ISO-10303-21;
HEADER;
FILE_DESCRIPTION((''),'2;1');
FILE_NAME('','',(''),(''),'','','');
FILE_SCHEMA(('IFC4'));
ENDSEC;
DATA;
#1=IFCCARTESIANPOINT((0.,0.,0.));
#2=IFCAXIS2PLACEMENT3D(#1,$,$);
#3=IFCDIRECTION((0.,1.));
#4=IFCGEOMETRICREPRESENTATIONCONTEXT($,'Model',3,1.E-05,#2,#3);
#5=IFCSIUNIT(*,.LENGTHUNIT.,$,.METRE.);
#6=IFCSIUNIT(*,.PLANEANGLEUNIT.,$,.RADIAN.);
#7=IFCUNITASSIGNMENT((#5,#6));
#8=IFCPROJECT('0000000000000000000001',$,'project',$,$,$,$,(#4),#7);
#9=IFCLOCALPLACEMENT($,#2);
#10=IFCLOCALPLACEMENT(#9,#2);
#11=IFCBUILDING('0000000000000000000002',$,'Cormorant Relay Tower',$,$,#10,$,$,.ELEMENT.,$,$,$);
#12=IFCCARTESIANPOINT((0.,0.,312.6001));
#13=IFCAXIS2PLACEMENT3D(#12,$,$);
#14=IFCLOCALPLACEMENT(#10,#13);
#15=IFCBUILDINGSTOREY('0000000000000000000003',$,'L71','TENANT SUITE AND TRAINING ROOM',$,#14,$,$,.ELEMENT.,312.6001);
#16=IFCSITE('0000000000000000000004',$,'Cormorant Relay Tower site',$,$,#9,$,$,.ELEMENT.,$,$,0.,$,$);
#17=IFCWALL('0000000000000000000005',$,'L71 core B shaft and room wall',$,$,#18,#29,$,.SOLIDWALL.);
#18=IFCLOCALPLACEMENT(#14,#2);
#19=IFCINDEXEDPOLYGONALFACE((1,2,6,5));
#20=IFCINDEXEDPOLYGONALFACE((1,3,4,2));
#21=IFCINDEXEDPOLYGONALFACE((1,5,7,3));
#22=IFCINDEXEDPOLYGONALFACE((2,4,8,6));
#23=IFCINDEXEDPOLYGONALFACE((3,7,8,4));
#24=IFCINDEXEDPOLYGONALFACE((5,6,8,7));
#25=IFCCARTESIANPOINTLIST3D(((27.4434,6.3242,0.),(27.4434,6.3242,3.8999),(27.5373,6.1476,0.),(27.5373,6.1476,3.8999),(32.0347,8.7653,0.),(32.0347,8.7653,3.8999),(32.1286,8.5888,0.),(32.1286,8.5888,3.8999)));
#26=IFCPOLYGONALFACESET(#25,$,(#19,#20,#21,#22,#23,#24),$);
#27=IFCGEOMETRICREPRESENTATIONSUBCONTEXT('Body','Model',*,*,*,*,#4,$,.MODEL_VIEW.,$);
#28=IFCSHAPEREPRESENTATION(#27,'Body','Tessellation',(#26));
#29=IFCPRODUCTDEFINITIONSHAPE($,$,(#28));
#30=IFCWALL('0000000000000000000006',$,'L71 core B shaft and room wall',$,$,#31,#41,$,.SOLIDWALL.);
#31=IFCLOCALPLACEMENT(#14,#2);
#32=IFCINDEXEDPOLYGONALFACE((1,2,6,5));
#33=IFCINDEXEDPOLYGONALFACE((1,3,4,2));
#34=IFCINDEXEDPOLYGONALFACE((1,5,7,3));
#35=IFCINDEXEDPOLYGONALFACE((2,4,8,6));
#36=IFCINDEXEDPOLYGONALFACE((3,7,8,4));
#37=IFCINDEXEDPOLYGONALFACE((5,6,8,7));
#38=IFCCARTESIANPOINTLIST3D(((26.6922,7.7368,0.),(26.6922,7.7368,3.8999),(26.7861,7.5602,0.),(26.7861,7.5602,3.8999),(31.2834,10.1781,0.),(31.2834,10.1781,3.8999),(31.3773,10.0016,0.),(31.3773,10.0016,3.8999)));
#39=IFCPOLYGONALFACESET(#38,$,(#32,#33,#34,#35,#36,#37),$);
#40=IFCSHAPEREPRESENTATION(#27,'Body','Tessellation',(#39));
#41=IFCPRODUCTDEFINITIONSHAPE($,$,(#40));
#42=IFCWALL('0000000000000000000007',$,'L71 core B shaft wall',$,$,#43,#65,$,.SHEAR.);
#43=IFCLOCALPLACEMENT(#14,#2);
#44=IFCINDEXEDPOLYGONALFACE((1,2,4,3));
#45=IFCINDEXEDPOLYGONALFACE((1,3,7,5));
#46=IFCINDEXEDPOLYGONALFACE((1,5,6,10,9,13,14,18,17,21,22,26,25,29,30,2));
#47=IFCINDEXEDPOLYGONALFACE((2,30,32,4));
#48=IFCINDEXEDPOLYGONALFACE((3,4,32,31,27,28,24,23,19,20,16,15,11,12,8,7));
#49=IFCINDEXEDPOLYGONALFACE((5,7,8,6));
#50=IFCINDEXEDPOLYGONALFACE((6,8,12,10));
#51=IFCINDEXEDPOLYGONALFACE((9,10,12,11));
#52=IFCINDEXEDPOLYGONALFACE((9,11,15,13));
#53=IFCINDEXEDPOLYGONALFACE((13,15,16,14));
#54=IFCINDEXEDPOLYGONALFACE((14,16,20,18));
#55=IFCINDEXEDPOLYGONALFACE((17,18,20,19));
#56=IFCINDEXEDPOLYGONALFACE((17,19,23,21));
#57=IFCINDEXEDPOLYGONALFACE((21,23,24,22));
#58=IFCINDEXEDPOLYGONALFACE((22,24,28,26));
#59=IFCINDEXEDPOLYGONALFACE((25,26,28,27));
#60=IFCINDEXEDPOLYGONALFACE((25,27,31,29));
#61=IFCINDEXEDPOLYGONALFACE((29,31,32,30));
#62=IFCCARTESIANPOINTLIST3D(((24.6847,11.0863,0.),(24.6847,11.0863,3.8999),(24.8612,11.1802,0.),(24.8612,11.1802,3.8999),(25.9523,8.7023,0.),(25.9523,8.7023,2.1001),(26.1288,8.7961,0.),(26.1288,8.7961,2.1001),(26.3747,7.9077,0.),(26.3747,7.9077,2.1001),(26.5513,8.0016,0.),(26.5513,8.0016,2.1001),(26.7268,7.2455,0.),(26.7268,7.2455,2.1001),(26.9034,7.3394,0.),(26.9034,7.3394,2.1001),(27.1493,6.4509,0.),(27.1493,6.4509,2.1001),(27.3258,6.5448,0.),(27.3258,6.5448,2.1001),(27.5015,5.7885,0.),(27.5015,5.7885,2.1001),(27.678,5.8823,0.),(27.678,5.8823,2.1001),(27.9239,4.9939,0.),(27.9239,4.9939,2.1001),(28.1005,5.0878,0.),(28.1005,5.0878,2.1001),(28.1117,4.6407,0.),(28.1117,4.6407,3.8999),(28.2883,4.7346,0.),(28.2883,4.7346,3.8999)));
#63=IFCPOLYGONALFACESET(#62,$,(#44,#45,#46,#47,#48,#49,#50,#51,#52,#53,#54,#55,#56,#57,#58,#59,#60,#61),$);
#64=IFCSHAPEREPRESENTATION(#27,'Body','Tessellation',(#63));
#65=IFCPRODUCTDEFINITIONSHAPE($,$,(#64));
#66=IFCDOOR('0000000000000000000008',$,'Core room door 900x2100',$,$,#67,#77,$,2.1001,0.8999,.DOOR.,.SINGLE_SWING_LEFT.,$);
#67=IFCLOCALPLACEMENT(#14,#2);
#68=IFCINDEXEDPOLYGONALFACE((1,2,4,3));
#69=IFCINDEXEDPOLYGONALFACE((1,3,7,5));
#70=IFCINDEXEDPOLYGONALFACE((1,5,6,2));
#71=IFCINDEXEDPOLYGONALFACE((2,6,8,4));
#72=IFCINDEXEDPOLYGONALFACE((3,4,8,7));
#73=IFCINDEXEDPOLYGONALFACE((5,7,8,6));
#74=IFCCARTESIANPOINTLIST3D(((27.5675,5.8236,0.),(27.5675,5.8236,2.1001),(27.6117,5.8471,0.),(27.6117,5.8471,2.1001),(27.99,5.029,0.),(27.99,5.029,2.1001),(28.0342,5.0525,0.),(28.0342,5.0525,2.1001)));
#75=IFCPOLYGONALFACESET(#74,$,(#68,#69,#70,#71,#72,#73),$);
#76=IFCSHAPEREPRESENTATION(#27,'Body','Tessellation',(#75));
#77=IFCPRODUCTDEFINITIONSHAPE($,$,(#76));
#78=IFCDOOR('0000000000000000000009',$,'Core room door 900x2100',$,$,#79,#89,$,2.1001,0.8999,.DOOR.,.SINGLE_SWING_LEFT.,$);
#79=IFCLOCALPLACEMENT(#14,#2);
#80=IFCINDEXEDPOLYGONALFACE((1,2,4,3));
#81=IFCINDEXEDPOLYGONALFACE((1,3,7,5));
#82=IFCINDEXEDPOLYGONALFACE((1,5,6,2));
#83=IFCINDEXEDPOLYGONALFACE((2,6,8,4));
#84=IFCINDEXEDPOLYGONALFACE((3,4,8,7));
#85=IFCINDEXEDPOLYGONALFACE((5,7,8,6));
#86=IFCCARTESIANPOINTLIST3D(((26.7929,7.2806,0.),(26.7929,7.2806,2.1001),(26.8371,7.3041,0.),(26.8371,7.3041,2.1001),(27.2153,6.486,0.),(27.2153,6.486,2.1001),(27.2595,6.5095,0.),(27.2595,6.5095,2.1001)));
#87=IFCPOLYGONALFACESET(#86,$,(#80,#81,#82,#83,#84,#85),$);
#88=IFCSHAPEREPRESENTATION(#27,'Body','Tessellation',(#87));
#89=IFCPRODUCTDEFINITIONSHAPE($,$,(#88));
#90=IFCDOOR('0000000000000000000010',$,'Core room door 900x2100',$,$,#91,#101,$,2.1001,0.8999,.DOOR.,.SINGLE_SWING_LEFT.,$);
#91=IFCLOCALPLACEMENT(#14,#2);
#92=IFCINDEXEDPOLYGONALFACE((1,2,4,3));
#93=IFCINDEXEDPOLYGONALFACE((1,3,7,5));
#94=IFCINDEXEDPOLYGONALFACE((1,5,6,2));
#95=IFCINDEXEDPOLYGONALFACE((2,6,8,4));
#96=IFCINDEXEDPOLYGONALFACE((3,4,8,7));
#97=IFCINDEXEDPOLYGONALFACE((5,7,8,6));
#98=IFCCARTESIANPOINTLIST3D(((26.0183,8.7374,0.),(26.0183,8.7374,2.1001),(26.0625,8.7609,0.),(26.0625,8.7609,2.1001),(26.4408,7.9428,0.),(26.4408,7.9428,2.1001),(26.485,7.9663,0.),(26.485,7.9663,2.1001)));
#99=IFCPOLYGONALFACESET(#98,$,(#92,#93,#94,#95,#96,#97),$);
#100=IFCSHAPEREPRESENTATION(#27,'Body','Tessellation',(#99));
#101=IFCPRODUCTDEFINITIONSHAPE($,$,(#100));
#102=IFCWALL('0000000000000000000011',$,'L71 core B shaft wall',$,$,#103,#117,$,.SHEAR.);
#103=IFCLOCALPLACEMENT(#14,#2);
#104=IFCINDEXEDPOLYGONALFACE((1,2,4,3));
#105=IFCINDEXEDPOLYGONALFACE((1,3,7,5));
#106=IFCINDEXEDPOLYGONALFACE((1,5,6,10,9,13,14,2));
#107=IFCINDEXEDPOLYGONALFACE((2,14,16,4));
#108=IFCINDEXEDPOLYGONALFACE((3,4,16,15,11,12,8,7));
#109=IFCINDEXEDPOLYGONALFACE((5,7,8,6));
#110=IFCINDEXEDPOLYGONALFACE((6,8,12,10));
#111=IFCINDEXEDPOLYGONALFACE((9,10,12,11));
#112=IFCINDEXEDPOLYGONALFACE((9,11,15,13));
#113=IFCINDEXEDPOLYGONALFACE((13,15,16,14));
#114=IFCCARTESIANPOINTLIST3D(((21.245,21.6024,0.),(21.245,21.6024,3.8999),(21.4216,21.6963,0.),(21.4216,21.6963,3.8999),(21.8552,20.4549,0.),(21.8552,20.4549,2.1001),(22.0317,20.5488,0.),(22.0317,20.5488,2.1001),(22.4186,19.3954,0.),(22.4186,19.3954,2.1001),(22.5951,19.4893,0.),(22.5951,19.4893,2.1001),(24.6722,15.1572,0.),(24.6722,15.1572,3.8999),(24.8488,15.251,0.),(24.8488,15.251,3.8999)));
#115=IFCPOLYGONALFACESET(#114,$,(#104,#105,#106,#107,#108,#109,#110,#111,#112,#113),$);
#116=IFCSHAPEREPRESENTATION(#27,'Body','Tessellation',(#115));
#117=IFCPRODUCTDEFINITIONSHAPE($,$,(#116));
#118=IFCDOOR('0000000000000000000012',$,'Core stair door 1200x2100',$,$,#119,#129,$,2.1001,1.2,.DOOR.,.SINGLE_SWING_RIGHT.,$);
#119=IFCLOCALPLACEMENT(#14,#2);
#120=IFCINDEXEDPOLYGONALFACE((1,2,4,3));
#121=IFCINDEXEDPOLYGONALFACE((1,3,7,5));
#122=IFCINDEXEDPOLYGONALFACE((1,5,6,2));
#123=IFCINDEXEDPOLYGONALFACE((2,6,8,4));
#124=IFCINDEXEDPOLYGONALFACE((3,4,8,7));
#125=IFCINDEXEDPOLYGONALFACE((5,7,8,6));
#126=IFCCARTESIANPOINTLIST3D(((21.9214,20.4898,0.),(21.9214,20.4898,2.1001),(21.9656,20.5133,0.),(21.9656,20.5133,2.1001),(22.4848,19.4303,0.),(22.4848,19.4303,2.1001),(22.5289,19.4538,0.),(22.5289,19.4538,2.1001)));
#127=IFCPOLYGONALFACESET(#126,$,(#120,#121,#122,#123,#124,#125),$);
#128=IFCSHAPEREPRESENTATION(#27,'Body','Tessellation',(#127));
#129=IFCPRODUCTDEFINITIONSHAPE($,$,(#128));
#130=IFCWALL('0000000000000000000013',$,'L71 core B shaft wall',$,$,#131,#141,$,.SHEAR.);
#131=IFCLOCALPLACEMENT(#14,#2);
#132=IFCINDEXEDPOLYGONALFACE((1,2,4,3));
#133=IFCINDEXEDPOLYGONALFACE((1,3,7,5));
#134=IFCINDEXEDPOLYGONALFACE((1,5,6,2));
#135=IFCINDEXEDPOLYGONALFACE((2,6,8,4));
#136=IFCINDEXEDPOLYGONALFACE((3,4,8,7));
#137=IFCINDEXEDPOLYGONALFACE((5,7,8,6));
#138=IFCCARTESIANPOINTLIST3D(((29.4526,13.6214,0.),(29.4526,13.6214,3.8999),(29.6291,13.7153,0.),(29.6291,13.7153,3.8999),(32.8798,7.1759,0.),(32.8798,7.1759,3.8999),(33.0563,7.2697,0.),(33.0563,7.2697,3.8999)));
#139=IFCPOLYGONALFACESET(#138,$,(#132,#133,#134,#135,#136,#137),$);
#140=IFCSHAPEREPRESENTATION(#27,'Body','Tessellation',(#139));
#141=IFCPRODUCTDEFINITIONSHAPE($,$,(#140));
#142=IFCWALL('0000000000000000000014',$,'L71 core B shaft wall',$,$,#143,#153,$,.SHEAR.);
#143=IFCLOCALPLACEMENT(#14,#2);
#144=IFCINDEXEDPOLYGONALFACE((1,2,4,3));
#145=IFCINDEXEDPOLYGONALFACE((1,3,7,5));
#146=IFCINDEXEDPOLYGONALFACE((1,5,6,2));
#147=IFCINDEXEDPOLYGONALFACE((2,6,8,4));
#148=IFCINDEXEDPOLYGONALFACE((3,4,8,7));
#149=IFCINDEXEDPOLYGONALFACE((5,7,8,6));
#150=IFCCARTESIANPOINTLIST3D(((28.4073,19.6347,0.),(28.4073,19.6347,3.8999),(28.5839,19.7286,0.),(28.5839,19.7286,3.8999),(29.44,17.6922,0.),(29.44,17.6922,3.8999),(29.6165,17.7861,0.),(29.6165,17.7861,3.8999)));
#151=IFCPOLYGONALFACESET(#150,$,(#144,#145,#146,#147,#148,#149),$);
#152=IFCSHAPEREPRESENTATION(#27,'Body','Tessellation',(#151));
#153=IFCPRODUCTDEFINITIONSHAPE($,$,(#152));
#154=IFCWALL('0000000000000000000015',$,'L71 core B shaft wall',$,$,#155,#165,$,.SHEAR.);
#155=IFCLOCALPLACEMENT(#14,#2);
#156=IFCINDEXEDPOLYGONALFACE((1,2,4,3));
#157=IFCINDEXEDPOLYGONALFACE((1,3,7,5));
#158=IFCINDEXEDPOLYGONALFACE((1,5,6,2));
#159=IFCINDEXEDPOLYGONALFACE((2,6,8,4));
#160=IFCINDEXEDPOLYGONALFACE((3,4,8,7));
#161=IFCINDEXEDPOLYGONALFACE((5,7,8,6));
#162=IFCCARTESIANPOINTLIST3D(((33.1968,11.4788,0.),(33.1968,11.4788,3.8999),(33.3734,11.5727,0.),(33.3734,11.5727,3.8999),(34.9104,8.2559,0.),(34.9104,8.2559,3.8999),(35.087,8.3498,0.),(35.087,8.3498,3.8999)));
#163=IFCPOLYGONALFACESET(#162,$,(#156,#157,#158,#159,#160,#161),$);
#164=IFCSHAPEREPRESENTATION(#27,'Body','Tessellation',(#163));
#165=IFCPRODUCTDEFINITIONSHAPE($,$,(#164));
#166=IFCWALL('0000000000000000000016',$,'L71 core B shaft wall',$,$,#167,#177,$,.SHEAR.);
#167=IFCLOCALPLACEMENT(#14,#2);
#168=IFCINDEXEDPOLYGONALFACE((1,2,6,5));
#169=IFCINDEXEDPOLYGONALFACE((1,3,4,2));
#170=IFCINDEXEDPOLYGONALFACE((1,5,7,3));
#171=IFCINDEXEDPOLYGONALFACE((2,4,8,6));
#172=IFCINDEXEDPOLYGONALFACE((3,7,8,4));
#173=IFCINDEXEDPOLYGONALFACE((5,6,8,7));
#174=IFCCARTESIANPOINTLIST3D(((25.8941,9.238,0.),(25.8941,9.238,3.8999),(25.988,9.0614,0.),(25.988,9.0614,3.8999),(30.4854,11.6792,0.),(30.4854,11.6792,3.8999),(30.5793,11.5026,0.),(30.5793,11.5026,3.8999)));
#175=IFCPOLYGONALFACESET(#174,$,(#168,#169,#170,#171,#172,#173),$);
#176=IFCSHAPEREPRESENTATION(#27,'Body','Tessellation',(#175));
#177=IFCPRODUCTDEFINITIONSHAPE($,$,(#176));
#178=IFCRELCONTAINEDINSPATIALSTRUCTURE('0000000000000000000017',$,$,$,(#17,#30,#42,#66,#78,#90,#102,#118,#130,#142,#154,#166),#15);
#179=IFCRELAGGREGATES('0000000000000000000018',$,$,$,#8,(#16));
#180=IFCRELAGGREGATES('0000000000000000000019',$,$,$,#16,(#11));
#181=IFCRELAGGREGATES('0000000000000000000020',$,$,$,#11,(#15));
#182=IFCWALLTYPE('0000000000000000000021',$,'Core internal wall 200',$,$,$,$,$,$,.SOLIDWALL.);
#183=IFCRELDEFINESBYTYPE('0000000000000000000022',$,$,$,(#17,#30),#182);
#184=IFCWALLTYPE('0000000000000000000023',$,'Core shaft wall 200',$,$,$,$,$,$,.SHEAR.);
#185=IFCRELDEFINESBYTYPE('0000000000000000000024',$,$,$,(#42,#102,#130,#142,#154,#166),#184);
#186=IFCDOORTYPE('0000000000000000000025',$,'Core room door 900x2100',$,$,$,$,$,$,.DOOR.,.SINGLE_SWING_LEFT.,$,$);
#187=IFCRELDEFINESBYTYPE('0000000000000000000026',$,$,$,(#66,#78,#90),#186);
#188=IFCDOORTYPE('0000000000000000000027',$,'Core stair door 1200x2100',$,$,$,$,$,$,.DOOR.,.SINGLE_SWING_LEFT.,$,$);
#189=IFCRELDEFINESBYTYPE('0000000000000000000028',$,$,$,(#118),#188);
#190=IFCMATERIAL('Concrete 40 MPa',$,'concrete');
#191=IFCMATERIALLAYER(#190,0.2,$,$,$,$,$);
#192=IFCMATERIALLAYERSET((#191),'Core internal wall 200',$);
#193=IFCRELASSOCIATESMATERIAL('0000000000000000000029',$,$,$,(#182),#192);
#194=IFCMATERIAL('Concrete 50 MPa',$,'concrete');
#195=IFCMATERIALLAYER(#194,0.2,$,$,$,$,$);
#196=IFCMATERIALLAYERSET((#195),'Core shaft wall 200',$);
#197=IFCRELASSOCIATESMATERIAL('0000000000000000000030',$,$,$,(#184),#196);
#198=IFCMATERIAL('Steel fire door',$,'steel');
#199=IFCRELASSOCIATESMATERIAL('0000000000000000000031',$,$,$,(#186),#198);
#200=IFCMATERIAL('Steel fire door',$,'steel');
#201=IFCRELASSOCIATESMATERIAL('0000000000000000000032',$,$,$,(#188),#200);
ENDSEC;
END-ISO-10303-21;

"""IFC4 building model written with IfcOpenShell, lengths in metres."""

from ifc_helpers import new_model, si_unit, direction, frame, frame_2d, origin, place, context, subcontext, project, spatial, rectangle, extrude, material, layer, layer_set, type_object, element, fill, save


model = new_model("IFC4")

# Units and contexts
model_context = context("Model", 3, precision=1e-05, world=origin(), true_north=direction((0.0, 1.0)))
body_context = subcontext(model_context, "Body", "Model", "MODEL_VIEW")
ifc_project = project(units=[si_unit("LENGTHUNIT", "METRE"), si_unit("PLANEANGLEUNIT", "RADIAN")], contexts=[model_context])

# Site, building, storey
site_placement = place(None, origin())
site = spatial("IfcSite", under=ifc_project, at=site_placement, Name="Cormorant Relay Tower site", CompositionType="ELEMENT", RefElevation=0.0)
building_placement = place(site_placement, origin())
building = spatial("IfcBuilding", under=site, at=building_placement, Name="Cormorant Relay Tower", CompositionType="ELEMENT")
storey_placement = place(building_placement, frame((0.0, 0.0, 312.6001)))
storey = spatial("IfcBuildingStorey", under=building, at=storey_placement, Name="L71", Description="TENANT SUITE AND TRAINING ROOM", CompositionType="ELEMENT", Elevation=312.6001)

# Walls
ifc_material_1 = material(Name="Concrete 40 MPa", Category="concrete")
ifc_layer_1 = layer(ifc_material_1, 0.2)
ifc_layer_set_1 = layer_set([ifc_layer_1], Name="Core internal wall 200")
wall_type_1 = type_object("IfcWallType", Name="Core internal wall 200", PredefinedType="SOLIDWALL", material=ifc_layer_set_1)
for number, where, z_axis, x_axis, name in (
    (1, (27.4902, 6.2358, 0.0), (0.0, 0.0, 1.0), (0.882954, 0.46946, 0.0), "L71 core B shaft and room wall"),
    (2, (26.739, 7.6484, 0.0), (0.0, 0.0, 1.0), (0.882935, 0.469496, 0.0), "L71 core B shaft and room wall"),
):
    element("IfcWall", number, at=place(storey_placement, frame(where, z_axis=z_axis, x_axis=x_axis)), inside=storey, type_object=wall_type_1, Name=name, PredefinedType="SOLIDWALL", context=body_context, shape_type="SweptSolid", body=[
        extrude(rectangle(XDim=5.2, YDim=0.2, at=frame_2d((2.6001, 0.0))), origin(), (0.0, 0.0, 1.0), 3.8999),
    ])

# Wall, openings, doors
ifc_material_2 = material(Name="Concrete 50 MPa", Category="concrete")
ifc_layer_2 = layer(ifc_material_2, 0.2)
ifc_layer_set_2 = layer_set([ifc_layer_2], Name="Core shaft wall 200")
wall_type_2 = type_object("IfcWallType", Name="Core shaft wall 200", PredefinedType="SHEAR", material=ifc_layer_set_2)
wall_1_placement = place(storey_placement, frame((28.2, 4.6877, 0.0), z_axis=(0.0, 0.0, 1.0), x_axis=(-0.469454, 0.882957, 0.0)))
wall_1 = element("IfcWall", 3, at=wall_1_placement, inside=storey, type_object=wall_type_2, Name="L71 core B shaft wall", PredefinedType="SHEAR", context=body_context, shape_type="SweptSolid", body=[
    extrude(rectangle(XDim=7.3, YDim=0.2, at=frame_2d((3.6499, 0.0))), origin(), (0.0, 0.0, 1.0), 3.8999),
])
opening_1_placement = place(wall_1_placement, frame((0.3999, 0.0, 0.0)))
opening_1 = element("IfcOpeningElement", 4, at=opening_1_placement, cuts=wall_1, PredefinedType="OPENING", context=body_context, shape_type="SweptSolid", body=[
    extrude(rectangle(XDim=0.8999, YDim=2.1001, at=frame_2d((0.45, 1.05))), frame((0.0, 0.1099, 0.0), z_axis=(0.0, -1.0, 0.0), x_axis=(1.0, 0.0, 0.0)), (0.0, 0.0, 1.0), 0.22),
])
opening_2_placement = place(wall_1_placement, frame((2.05, 0.0, 0.0)))
opening_2 = element("IfcOpeningElement", 5, at=opening_2_placement, cuts=wall_1, PredefinedType="OPENING", context=body_context, shape_type="SweptSolid", body=[
    extrude(rectangle(XDim=0.8999, YDim=2.1001, at=frame_2d((0.45, 1.05))), frame((0.0, 0.1099, 0.0), z_axis=(0.0, -1.0, 0.0), x_axis=(1.0, 0.0, 0.0)), (0.0, 0.0, 1.0), 0.22),
])
opening_3_placement = place(wall_1_placement, frame((3.7, 0.0, 0.0)))
opening_3 = element("IfcOpeningElement", 6, at=opening_3_placement, cuts=wall_1, PredefinedType="OPENING", context=body_context, shape_type="SweptSolid", body=[
    extrude(rectangle(XDim=0.8999, YDim=2.1001, at=frame_2d((0.45, 1.05))), frame((0.0, 0.1099, 0.0), z_axis=(0.0, -1.0, 0.0), x_axis=(1.0, 0.0, 0.0)), (0.0, 0.0, 1.0), 0.22),
])
ifc_material_3 = material(Name="Steel fire door", Category="steel")
door_type_1 = type_object("IfcDoorType", Name="Core room door 900x2100", OperationType="SINGLE_SWING_LEFT", PredefinedType="DOOR", material=ifc_material_3)
door_1_placement = place(opening_1_placement, frame((0.8999, 0.0, 0.0), z_axis=(0.0, 0.0, 1.0), x_axis=(-1.0, 0.0, 0.0)))
door_1 = element("IfcDoor", 7, at=door_1_placement, inside=storey, type_object=door_type_1, Name="Core room door 900x2100", OperationType="SINGLE_SWING_LEFT", OverallHeight=2.1001, OverallWidth=0.8999, PredefinedType="DOOR", context=body_context, shape_type="SweptSolid", body=[
    extrude(rectangle(XDim=0.8999, YDim=2.1001, at=frame_2d((0.45, 1.05))), frame((0.0, 0.0249, 0.0), z_axis=(0.0, -1.0, 0.0), x_axis=(1.0, 0.0, 0.0)), (0.0, 0.0, 1.0), 0.05),
])
fill(opening_1, door_1)
door_2_placement = place(opening_2_placement, frame((0.8999, 0.0, 0.0), z_axis=(0.0, 0.0, 1.0), x_axis=(-1.0, 0.0, 0.0)))
door_2 = element("IfcDoor", 8, at=door_2_placement, inside=storey, type_object=door_type_1, Name="Core room door 900x2100", OperationType="SINGLE_SWING_LEFT", OverallHeight=2.1001, OverallWidth=0.8999, PredefinedType="DOOR", context=body_context, shape_type="SweptSolid", body=[
    extrude(rectangle(XDim=0.8999, YDim=2.1001, at=frame_2d((0.45, 1.05))), frame((0.0, 0.0249, 0.0), z_axis=(0.0, -1.0, 0.0), x_axis=(1.0, 0.0, 0.0)), (0.0, 0.0, 1.0), 0.05),
])
fill(opening_2, door_2)
door_3_placement = place(opening_3_placement, frame((0.8999, 0.0, 0.0), z_axis=(0.0, 0.0, 1.0), x_axis=(-1.0, 0.0, 0.0)))
door_3 = element("IfcDoor", 9, at=door_3_placement, inside=storey, type_object=door_type_1, Name="Core room door 900x2100", OperationType="SINGLE_SWING_LEFT", OverallHeight=2.1001, OverallWidth=0.8999, PredefinedType="DOOR", context=body_context, shape_type="SweptSolid", body=[
    extrude(rectangle(XDim=0.8999, YDim=2.1001, at=frame_2d((0.45, 1.05))), frame((0.0, 0.0249, 0.0), z_axis=(0.0, -1.0, 0.0), x_axis=(1.0, 0.0, 0.0)), (0.0, 0.0, 1.0), 0.05),
])
fill(opening_3, door_3)

# Wall, opening, door
wall_2_placement = place(storey_placement, frame((24.7605, 15.2041, 0.0), z_axis=(0.0, 0.0, 1.0), x_axis=(-0.469494, 0.882936, 0.0)))
wall_2 = element("IfcWall", 10, at=wall_2_placement, inside=storey, type_object=wall_type_2, Name="L71 core B shaft wall", PredefinedType="SHEAR", context=body_context, shape_type="SweptSolid", body=[
    extrude(rectangle(XDim=7.2998, YDim=0.2, at=frame_2d((3.6499, 0.0))), origin(), (0.0, 0.0, 1.0), 3.8999),
])
opening_4_placement = place(wall_2_placement, frame((4.8, 0.0, 0.0)))
opening_4 = element("IfcOpeningElement", 11, at=opening_4_placement, cuts=wall_2, PredefinedType="OPENING", context=body_context, shape_type="SweptSolid", body=[
    extrude(rectangle(XDim=1.2, YDim=2.1001, at=frame_2d((0.6001, 1.05))), frame((0.0, 0.1099, 0.0), z_axis=(0.0, -1.0, 0.0), x_axis=(1.0, 0.0, 0.0)), (0.0, 0.0, 1.0), 0.22),
])
ifc_material_4 = material(Name="Steel fire door", Category="steel")
door_type_2 = type_object("IfcDoorType", Name="Core stair door 1200x2100", OperationType="SINGLE_SWING_LEFT", PredefinedType="DOOR", material=ifc_material_4)
door_4_placement = place(opening_4_placement, frame((1.2, 0.0, 0.0), z_axis=(0.0, 0.0, 1.0), x_axis=(-1.0, 0.0, 0.0)))
door_4 = element("IfcDoor", 12, at=door_4_placement, inside=storey, type_object=door_type_2, Name="Core stair door 1200x2100", OperationType="SINGLE_SWING_RIGHT", OverallHeight=2.1001, OverallWidth=1.2, PredefinedType="DOOR", context=body_context, shape_type="SweptSolid", body=[
    extrude(rectangle(XDim=1.2, YDim=2.1001, at=frame_2d((0.6001, 1.05))), frame((0.0, 0.0249, 0.0), z_axis=(0.0, -1.0, 0.0), x_axis=(1.0, 0.0, 0.0)), (0.0, 0.0, 1.0), 0.05),
])
fill(opening_4, door_4)

# Walls
wall_3_placement = place(storey_placement, frame((32.968, 7.2229, 0.0), z_axis=(0.0, 0.0, 1.0), x_axis=(-0.46948, 0.882943, 0.0)))
element("IfcWall", 13, at=wall_3_placement, inside=storey, type_object=wall_type_2, Name="L71 core B shaft wall", PredefinedType="SHEAR", context=body_context, shape_type="SweptSolid", body=[
    extrude(rectangle(XDim=7.3, YDim=0.2, at=frame_2d((3.6499, 0.0))), origin(), (0.0, 0.0, 1.0), 3.8999),
])
wall_4_placement = place(storey_placement, frame((29.5283, 17.739, 0.0), z_axis=(0.0, 0.0, 1.0), x_axis=(-0.469401, 0.882985, 0.0)))
element("IfcWall", 14, at=wall_4_placement, inside=storey, type_object=wall_type_2, Name="L71 core B shaft wall", PredefinedType="SHEAR", context=body_context, shape_type="SweptSolid", body=[
    extrude(rectangle(XDim=2.2, YDim=0.2, at=frame_2d((1.1001, 0.0))), origin(), (0.0, 0.0, 1.0), 3.8999),
])
wall_5_placement = place(storey_placement, frame((34.9988, 8.3027, 0.0), z_axis=(0.0, 0.0, 1.0), x_axis=(-0.469467, 0.88295, 0.0)))
element("IfcWall", 15, at=wall_5_placement, inside=storey, type_object=wall_type_2, Name="L71 core B shaft wall", PredefinedType="SHEAR", context=body_context, shape_type="SweptSolid", body=[
    extrude(rectangle(XDim=3.6501, YDim=0.2, at=frame_2d((1.8252, 0.0))), origin(), (0.0, 0.0, 1.0), 3.8999),
])

# Wall
wall_6_placement = place(storey_placement, frame((25.9409, 9.1497, 0.0), z_axis=(0.0, 0.0, 1.0), x_axis=(0.882954, 0.46946, 0.0)))
element("IfcWall", 16, at=wall_6_placement, inside=storey, type_object=wall_type_2, Name="L71 core B shaft wall", PredefinedType="SHEAR", context=body_context, shape_type="SweptSolid", body=[
    extrude(rectangle(XDim=5.2, YDim=0.2, at=frame_2d((2.6001, 0.0))), origin(), (0.0, 0.0, 1.0), 3.8999),
])

save(model, "model.ifc")
